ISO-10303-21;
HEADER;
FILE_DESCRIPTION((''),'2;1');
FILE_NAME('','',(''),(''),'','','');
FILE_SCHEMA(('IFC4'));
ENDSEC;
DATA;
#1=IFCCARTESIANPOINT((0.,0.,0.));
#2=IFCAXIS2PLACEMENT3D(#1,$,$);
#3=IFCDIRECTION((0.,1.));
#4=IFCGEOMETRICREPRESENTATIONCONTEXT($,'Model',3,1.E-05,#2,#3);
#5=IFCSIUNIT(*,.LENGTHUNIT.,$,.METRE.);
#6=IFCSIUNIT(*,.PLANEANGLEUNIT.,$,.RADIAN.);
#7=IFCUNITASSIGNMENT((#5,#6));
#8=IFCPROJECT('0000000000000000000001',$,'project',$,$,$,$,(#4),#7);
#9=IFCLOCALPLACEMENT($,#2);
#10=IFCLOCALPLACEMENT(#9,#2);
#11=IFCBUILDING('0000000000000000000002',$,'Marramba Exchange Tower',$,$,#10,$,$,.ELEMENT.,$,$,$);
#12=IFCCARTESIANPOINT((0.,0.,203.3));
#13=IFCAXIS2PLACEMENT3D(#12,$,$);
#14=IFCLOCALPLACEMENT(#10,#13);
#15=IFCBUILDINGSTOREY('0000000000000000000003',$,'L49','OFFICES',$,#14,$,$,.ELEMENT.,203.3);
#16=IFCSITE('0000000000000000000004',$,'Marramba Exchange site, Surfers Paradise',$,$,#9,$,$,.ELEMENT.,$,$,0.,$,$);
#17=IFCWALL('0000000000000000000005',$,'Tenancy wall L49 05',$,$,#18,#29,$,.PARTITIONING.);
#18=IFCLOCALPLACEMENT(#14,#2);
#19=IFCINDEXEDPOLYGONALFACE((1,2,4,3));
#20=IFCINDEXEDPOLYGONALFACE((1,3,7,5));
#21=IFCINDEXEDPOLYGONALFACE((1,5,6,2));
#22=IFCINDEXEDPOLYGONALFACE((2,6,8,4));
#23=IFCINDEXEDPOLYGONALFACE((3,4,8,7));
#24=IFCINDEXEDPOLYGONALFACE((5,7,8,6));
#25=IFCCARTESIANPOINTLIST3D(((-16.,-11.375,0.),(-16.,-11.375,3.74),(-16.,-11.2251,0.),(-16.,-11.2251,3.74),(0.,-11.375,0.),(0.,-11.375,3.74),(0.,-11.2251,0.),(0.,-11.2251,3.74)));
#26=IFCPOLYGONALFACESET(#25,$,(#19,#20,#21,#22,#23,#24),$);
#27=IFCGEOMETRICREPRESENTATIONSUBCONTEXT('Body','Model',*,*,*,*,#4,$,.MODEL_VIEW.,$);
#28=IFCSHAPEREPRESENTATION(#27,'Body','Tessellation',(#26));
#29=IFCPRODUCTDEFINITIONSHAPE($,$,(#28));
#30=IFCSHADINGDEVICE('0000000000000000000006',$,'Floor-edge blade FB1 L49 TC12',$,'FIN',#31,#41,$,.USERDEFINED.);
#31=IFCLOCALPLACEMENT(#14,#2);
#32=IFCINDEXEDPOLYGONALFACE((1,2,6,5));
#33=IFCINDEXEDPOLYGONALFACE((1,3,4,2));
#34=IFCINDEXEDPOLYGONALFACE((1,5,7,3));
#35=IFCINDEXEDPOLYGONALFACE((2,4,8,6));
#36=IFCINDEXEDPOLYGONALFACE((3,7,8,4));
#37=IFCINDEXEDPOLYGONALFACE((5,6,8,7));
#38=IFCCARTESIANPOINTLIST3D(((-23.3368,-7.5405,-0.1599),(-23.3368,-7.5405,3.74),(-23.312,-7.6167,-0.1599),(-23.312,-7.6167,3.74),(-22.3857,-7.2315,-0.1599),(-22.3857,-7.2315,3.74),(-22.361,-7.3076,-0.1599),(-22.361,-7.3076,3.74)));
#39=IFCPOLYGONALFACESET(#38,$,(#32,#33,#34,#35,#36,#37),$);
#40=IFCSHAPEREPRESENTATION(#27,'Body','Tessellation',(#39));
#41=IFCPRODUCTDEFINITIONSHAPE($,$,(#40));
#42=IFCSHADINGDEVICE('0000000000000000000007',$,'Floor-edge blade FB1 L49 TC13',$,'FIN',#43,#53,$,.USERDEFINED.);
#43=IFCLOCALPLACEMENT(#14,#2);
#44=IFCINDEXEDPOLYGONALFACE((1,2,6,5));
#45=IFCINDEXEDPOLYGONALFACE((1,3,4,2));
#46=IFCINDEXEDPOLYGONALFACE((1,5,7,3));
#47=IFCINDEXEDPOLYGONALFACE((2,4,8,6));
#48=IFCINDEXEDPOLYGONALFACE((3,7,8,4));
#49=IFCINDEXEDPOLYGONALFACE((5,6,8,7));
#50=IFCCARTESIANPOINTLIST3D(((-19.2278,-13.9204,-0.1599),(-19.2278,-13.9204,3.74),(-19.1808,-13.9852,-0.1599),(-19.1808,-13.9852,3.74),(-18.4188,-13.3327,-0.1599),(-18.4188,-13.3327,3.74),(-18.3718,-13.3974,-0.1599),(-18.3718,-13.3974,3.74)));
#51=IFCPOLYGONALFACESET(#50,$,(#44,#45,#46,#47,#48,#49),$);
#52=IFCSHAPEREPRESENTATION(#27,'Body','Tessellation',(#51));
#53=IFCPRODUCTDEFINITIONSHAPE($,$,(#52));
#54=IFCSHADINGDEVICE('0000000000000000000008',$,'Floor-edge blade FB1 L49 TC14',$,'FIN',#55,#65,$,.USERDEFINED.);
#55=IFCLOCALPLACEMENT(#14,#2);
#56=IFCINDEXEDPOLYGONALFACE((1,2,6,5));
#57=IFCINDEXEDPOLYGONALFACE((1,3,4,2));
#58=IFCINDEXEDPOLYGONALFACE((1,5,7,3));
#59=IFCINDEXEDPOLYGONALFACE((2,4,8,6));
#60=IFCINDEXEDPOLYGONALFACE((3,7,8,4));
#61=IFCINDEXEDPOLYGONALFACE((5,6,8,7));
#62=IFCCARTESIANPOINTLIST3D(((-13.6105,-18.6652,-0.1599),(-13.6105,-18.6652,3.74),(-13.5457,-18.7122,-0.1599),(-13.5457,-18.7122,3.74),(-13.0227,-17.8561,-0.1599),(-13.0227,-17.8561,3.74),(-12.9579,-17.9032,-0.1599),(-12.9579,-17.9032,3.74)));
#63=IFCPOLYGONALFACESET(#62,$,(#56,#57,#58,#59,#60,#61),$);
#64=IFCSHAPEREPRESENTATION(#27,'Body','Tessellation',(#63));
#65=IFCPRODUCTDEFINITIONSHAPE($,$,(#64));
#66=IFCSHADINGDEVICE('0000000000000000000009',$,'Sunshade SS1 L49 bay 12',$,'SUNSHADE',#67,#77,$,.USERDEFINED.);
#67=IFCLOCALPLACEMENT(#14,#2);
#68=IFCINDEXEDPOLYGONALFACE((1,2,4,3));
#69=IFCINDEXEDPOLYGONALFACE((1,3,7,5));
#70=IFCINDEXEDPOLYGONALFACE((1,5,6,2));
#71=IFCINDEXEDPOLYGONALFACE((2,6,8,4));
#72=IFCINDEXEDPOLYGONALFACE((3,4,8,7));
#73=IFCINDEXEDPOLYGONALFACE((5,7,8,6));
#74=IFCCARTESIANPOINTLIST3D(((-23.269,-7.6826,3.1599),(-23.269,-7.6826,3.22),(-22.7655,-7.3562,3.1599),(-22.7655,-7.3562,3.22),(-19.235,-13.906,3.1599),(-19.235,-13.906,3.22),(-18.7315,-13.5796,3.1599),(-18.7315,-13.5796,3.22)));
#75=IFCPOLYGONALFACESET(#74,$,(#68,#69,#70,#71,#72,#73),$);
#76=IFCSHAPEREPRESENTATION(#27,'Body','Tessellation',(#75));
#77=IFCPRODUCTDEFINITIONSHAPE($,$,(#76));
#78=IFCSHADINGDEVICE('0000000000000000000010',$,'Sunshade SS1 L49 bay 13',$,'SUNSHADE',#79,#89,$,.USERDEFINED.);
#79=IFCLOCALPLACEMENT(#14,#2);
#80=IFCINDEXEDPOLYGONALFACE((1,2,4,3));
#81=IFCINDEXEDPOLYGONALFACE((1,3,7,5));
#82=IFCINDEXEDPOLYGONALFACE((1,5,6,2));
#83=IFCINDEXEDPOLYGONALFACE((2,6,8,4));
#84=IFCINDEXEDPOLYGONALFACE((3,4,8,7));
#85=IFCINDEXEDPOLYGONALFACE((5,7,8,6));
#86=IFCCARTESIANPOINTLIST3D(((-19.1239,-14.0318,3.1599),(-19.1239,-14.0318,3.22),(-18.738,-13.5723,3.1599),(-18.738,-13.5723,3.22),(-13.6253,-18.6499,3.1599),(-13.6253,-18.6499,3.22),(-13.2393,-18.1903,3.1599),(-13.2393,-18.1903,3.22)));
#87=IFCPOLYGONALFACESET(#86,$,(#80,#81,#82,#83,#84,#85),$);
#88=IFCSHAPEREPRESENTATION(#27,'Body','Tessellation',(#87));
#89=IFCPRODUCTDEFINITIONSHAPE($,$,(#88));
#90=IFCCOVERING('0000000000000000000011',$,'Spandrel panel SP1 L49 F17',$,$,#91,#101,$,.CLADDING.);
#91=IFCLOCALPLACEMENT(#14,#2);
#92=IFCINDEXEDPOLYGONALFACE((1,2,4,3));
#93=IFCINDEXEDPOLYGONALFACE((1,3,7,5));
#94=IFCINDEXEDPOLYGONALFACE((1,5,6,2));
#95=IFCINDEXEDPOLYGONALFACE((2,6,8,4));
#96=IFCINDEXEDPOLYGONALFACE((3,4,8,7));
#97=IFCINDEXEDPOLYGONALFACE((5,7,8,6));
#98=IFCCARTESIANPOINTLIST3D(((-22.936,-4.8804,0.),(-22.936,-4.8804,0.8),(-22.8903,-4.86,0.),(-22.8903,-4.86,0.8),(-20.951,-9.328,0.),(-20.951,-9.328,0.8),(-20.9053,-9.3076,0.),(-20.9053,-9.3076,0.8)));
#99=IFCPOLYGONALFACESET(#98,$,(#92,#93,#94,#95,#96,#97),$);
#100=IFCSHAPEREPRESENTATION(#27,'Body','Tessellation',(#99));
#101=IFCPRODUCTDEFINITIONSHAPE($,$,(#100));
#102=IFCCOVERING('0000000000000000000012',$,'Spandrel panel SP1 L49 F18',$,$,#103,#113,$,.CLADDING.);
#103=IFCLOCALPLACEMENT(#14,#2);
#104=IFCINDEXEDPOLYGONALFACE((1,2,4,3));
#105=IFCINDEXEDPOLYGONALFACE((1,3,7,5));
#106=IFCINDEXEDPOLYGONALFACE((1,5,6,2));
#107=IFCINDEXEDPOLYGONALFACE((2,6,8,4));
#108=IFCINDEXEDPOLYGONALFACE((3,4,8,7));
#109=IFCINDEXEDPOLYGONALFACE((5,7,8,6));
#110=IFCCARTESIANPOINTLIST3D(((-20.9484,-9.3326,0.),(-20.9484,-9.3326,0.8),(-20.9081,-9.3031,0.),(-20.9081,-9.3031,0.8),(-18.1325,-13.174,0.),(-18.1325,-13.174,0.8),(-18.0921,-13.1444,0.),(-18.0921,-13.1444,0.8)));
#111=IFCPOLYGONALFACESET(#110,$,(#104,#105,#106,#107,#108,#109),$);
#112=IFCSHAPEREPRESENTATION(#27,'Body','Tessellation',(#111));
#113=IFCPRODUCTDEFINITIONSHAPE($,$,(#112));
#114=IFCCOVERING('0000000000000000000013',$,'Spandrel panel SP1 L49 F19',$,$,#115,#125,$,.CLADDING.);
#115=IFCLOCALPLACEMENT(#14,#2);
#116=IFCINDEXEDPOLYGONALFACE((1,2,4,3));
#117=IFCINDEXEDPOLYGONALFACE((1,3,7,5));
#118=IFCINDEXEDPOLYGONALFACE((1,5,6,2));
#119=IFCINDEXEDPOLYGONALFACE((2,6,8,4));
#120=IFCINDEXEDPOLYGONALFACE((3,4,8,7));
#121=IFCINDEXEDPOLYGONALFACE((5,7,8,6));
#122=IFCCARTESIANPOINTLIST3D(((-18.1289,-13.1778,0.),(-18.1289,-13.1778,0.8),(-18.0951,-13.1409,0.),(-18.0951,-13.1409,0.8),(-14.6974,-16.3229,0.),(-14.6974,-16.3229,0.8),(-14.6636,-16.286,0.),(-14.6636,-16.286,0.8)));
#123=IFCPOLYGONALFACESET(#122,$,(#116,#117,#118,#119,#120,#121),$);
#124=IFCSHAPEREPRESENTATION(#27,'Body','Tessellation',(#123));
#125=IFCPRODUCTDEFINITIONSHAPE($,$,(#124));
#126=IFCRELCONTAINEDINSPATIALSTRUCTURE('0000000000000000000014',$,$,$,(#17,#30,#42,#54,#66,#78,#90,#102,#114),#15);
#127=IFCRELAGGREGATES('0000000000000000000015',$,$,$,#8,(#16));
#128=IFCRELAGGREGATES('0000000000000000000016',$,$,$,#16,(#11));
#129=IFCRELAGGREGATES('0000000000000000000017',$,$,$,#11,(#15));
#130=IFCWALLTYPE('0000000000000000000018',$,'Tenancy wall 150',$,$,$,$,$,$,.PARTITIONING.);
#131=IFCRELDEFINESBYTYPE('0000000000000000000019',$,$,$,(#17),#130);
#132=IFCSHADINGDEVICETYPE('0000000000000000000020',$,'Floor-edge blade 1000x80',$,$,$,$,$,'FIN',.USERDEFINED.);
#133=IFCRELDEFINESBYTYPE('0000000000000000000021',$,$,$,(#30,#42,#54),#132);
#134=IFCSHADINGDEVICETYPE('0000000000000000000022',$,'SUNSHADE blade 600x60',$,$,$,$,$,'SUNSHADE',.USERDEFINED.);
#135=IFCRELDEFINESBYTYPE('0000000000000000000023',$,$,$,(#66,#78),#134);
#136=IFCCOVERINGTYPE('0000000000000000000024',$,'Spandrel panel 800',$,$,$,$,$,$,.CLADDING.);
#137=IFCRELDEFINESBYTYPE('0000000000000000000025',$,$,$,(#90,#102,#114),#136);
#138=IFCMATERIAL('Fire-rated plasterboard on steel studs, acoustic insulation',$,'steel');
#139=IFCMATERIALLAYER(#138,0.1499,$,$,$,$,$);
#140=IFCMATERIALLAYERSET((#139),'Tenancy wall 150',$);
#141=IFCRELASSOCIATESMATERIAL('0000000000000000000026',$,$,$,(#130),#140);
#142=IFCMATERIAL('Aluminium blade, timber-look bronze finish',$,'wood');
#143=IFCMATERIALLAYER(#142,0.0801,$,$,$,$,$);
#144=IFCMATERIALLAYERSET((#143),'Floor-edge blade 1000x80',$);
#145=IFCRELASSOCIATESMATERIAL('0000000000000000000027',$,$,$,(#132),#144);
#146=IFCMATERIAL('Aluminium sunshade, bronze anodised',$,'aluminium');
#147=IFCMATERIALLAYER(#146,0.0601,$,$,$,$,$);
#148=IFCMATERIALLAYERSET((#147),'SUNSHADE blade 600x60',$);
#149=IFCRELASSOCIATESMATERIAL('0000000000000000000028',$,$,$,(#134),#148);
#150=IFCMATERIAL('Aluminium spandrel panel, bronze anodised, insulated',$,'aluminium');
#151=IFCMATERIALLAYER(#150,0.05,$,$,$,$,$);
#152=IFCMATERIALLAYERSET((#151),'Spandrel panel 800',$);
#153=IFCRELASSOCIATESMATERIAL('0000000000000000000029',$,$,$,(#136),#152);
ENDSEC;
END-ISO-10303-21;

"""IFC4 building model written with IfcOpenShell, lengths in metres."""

from ifc_helpers import new_model, si_unit, direction, frame, frame_2d, origin, origin_2d, place, context, subcontext, project, spatial, rectangle, extrude, material, layer, layer_set, type_object, element, save


model = new_model("IFC4")

# Units and contexts
model_context = context("Model", 3, precision=1e-05, world=origin(), true_north=direction((0.0, 1.0)))
body_context = subcontext(model_context, "Body", "Model", "MODEL_VIEW")
ifc_project = project(units=[si_unit("LENGTHUNIT", "METRE"), si_unit("PLANEANGLEUNIT", "RADIAN")], contexts=[model_context])

# Site, building, storey
site_placement = place(None, origin())
site = spatial("IfcSite", under=ifc_project, at=site_placement, Name="Marramba Exchange site, Surfers Paradise", CompositionType="ELEMENT", RefElevation=0.0)
building_placement = place(site_placement, origin())
building = spatial("IfcBuilding", under=site, at=building_placement, Name="Marramba Exchange Tower", CompositionType="ELEMENT")
storey_placement = place(building_placement, frame((0.0, 0.0, 203.3)))
storey = spatial("IfcBuildingStorey", under=building, at=storey_placement, Name="L49", Description="OFFICES", CompositionType="ELEMENT", Elevation=203.3)

# Wall
ifc_material_1 = material(Name="Fire-rated plasterboard on steel studs, acoustic insulation", Category="steel")
ifc_layer_1 = layer(ifc_material_1, 0.1499)
ifc_layer_set_1 = layer_set([ifc_layer_1], Name="Tenancy wall 150")
wall_type_1 = type_object("IfcWallType", Name="Tenancy wall 150", PredefinedType="PARTITIONING", material=ifc_layer_set_1)
wall_1_placement = place(storey_placement, frame((-16.0, -11.3, 0.0), z_axis=(0.0, 0.0, 1.0), x_axis=(1.0, 0.0, 0.0)))
element("IfcWall", 1, at=wall_1_placement, inside=storey, type_object=wall_type_1, Name="Tenancy wall L49 05", PredefinedType="PARTITIONING", context=body_context, shape_type="SweptSolid", body=[
    extrude(rectangle(XDim=16.0, YDim=0.1499, at=frame_2d((8.0, 0.0))), origin(), (0.0, 0.0, 1.0), 3.74),
])

# Shading devices
ifc_material_2 = material(Name="Aluminium blade, timber-look bronze finish", Category="wood")
ifc_layer_2 = layer(ifc_material_2, 0.0801)
ifc_layer_set_2 = layer_set([ifc_layer_2], Name="Floor-edge blade 1000x80")
shading_device_type_1 = type_object("IfcShadingDeviceType", Name="Floor-edge blade 1000x80", ElementType="FIN", PredefinedType="USERDEFINED", material=ifc_layer_set_2)
for number, where, z_axis, x_axis, name in (
    (2, (-22.8489, -7.4241, -0.1599), (0.0, 0.0, 1.0), (-0.951057, -0.309017, 0.0), "Floor-edge blade FB1 L49 TC12"),
    (3, (-18.7998, -13.6589, -0.1599), (0.0, 0.0, 1.0), (-0.809017, -0.587785, 0.0), "Floor-edge blade FB1 L49 TC13"),
    (4, (-13.2842, -18.2842, -0.1599), (0.0, 0.0, 1.0), (-0.587785, -0.809017, 0.0), "Floor-edge blade FB1 L49 TC14"),
):
    element("IfcShadingDevice", number, at=place(storey_placement, frame(where, z_axis=z_axis, x_axis=x_axis)), inside=storey, type_object=shading_device_type_1, Name=name, ObjectType="FIN", PredefinedType="USERDEFINED", context=body_context, shape_type="SweptSolid", body=[
        extrude(rectangle(XDim=1.0, YDim=0.0801, at=origin_2d()), origin(), (0.0, 0.0, 1.0), 3.8999),
    ])
ifc_material_3 = material(Name="Aluminium sunshade, bronze anodised", Category="aluminium")
ifc_layer_3 = layer(ifc_material_3, 0.0601)
ifc_layer_set_3 = layer_set([ifc_layer_3], Name="SUNSHADE blade 600x60")
shading_device_type_2 = type_object("IfcShadingDeviceType", Name="SUNSHADE blade 600x60", ElementType="SUNSHADE", PredefinedType="USERDEFINED", material=ifc_layer_set_3)
shading_device_1_placement = place(storey_placement, frame((-21.0002, -10.6311, 3.1599), z_axis=(0.0, 0.0, 1.0), x_axis=(0.543922, -0.839136, 0.0)))
element("IfcShadingDevice", 5, at=shading_device_1_placement, inside=storey, type_object=shading_device_type_2, Name="Sunshade SS1 L49 bay 12", ObjectType="SUNSHADE", PredefinedType="USERDEFINED", context=body_context, shape_type="SweptSolid", body=[
    extrude(rectangle(XDim=7.4165, YDim=0.6001, at=origin_2d()), origin(), (0.0, 0.0, 1.0), 0.0601),
])
shading_device_2_placement = place(storey_placement, frame((-16.1816, -16.1111, 3.1599), z_axis=(0.0, 0.0, 1.0), x_axis=(0.765762, -0.643124, 0.0)))
element("IfcShadingDevice", 6, at=shading_device_2_placement, inside=storey, type_object=shading_device_type_2, Name="Sunshade SS1 L49 bay 13", ObjectType="SUNSHADE", PredefinedType="USERDEFINED", context=body_context, shape_type="SweptSolid", body=[
    extrude(rectangle(XDim=7.1807, YDim=0.6001, at=origin_2d()), origin(), (0.0, 0.0, 1.0), 0.0601),
])

# Coverings
ifc_material_4 = material(Name="Aluminium spandrel panel, bronze anodised, insulated", Category="aluminium")
ifc_layer_4 = layer(ifc_material_4, 0.05)
ifc_layer_set_4 = layer_set([ifc_layer_4], Name="Spandrel panel 800")
covering_type = type_object("IfcCoveringType", Name="Spandrel panel 800", PredefinedType="CLADDING", material=ifc_layer_set_4)
covering_1_placement = place(storey_placement, frame((-21.9207, -7.094, 0.0), z_axis=(0.0, 0.0, 1.0), x_axis=(0.407558, -0.91318, 0.0)))
element("IfcCovering", 7, at=covering_1_placement, inside=storey, type_object=covering_type, Name="Spandrel panel SP1 L49 F17", PredefinedType="CLADDING", context=body_context, shape_type="SweptSolid", body=[
    extrude(rectangle(XDim=4.8704, YDim=0.05, at=origin_2d()), origin(), (0.0, 0.0, 1.0), 0.8),
])
covering_2_placement = place(storey_placement, frame((-19.5203, -11.2385, 0.0), z_axis=(0.0, 0.0, 1.0), x_axis=(0.591223, -0.806508, 0.0)))
element("IfcCovering", 8, at=covering_2_placement, inside=storey, type_object=covering_type, Name="Spandrel panel SP1 L49 F18", PredefinedType="CLADDING", context=body_context, shape_type="SweptSolid", body=[
    extrude(rectangle(XDim=4.7629, YDim=0.05, at=origin_2d()), origin(), (0.0, 0.0, 1.0), 0.8),
])
covering_3_placement = place(storey_placement, frame((-16.3962, -14.7319, 0.0), z_axis=(0.0, 0.0, 1.0), x_axis=(0.737203, -0.675671, 0.0)))
element("IfcCovering", 9, at=covering_3_placement, inside=storey, type_object=covering_type, Name="Spandrel panel SP1 L49 F19", PredefinedType="CLADDING", context=body_context, shape_type="SweptSolid", body=[
    extrude(rectangle(XDim=4.6548, YDim=0.05, at=origin_2d()), origin(), (0.0, 0.0, 1.0), 0.8),
])

save(model, "model.ifc")
